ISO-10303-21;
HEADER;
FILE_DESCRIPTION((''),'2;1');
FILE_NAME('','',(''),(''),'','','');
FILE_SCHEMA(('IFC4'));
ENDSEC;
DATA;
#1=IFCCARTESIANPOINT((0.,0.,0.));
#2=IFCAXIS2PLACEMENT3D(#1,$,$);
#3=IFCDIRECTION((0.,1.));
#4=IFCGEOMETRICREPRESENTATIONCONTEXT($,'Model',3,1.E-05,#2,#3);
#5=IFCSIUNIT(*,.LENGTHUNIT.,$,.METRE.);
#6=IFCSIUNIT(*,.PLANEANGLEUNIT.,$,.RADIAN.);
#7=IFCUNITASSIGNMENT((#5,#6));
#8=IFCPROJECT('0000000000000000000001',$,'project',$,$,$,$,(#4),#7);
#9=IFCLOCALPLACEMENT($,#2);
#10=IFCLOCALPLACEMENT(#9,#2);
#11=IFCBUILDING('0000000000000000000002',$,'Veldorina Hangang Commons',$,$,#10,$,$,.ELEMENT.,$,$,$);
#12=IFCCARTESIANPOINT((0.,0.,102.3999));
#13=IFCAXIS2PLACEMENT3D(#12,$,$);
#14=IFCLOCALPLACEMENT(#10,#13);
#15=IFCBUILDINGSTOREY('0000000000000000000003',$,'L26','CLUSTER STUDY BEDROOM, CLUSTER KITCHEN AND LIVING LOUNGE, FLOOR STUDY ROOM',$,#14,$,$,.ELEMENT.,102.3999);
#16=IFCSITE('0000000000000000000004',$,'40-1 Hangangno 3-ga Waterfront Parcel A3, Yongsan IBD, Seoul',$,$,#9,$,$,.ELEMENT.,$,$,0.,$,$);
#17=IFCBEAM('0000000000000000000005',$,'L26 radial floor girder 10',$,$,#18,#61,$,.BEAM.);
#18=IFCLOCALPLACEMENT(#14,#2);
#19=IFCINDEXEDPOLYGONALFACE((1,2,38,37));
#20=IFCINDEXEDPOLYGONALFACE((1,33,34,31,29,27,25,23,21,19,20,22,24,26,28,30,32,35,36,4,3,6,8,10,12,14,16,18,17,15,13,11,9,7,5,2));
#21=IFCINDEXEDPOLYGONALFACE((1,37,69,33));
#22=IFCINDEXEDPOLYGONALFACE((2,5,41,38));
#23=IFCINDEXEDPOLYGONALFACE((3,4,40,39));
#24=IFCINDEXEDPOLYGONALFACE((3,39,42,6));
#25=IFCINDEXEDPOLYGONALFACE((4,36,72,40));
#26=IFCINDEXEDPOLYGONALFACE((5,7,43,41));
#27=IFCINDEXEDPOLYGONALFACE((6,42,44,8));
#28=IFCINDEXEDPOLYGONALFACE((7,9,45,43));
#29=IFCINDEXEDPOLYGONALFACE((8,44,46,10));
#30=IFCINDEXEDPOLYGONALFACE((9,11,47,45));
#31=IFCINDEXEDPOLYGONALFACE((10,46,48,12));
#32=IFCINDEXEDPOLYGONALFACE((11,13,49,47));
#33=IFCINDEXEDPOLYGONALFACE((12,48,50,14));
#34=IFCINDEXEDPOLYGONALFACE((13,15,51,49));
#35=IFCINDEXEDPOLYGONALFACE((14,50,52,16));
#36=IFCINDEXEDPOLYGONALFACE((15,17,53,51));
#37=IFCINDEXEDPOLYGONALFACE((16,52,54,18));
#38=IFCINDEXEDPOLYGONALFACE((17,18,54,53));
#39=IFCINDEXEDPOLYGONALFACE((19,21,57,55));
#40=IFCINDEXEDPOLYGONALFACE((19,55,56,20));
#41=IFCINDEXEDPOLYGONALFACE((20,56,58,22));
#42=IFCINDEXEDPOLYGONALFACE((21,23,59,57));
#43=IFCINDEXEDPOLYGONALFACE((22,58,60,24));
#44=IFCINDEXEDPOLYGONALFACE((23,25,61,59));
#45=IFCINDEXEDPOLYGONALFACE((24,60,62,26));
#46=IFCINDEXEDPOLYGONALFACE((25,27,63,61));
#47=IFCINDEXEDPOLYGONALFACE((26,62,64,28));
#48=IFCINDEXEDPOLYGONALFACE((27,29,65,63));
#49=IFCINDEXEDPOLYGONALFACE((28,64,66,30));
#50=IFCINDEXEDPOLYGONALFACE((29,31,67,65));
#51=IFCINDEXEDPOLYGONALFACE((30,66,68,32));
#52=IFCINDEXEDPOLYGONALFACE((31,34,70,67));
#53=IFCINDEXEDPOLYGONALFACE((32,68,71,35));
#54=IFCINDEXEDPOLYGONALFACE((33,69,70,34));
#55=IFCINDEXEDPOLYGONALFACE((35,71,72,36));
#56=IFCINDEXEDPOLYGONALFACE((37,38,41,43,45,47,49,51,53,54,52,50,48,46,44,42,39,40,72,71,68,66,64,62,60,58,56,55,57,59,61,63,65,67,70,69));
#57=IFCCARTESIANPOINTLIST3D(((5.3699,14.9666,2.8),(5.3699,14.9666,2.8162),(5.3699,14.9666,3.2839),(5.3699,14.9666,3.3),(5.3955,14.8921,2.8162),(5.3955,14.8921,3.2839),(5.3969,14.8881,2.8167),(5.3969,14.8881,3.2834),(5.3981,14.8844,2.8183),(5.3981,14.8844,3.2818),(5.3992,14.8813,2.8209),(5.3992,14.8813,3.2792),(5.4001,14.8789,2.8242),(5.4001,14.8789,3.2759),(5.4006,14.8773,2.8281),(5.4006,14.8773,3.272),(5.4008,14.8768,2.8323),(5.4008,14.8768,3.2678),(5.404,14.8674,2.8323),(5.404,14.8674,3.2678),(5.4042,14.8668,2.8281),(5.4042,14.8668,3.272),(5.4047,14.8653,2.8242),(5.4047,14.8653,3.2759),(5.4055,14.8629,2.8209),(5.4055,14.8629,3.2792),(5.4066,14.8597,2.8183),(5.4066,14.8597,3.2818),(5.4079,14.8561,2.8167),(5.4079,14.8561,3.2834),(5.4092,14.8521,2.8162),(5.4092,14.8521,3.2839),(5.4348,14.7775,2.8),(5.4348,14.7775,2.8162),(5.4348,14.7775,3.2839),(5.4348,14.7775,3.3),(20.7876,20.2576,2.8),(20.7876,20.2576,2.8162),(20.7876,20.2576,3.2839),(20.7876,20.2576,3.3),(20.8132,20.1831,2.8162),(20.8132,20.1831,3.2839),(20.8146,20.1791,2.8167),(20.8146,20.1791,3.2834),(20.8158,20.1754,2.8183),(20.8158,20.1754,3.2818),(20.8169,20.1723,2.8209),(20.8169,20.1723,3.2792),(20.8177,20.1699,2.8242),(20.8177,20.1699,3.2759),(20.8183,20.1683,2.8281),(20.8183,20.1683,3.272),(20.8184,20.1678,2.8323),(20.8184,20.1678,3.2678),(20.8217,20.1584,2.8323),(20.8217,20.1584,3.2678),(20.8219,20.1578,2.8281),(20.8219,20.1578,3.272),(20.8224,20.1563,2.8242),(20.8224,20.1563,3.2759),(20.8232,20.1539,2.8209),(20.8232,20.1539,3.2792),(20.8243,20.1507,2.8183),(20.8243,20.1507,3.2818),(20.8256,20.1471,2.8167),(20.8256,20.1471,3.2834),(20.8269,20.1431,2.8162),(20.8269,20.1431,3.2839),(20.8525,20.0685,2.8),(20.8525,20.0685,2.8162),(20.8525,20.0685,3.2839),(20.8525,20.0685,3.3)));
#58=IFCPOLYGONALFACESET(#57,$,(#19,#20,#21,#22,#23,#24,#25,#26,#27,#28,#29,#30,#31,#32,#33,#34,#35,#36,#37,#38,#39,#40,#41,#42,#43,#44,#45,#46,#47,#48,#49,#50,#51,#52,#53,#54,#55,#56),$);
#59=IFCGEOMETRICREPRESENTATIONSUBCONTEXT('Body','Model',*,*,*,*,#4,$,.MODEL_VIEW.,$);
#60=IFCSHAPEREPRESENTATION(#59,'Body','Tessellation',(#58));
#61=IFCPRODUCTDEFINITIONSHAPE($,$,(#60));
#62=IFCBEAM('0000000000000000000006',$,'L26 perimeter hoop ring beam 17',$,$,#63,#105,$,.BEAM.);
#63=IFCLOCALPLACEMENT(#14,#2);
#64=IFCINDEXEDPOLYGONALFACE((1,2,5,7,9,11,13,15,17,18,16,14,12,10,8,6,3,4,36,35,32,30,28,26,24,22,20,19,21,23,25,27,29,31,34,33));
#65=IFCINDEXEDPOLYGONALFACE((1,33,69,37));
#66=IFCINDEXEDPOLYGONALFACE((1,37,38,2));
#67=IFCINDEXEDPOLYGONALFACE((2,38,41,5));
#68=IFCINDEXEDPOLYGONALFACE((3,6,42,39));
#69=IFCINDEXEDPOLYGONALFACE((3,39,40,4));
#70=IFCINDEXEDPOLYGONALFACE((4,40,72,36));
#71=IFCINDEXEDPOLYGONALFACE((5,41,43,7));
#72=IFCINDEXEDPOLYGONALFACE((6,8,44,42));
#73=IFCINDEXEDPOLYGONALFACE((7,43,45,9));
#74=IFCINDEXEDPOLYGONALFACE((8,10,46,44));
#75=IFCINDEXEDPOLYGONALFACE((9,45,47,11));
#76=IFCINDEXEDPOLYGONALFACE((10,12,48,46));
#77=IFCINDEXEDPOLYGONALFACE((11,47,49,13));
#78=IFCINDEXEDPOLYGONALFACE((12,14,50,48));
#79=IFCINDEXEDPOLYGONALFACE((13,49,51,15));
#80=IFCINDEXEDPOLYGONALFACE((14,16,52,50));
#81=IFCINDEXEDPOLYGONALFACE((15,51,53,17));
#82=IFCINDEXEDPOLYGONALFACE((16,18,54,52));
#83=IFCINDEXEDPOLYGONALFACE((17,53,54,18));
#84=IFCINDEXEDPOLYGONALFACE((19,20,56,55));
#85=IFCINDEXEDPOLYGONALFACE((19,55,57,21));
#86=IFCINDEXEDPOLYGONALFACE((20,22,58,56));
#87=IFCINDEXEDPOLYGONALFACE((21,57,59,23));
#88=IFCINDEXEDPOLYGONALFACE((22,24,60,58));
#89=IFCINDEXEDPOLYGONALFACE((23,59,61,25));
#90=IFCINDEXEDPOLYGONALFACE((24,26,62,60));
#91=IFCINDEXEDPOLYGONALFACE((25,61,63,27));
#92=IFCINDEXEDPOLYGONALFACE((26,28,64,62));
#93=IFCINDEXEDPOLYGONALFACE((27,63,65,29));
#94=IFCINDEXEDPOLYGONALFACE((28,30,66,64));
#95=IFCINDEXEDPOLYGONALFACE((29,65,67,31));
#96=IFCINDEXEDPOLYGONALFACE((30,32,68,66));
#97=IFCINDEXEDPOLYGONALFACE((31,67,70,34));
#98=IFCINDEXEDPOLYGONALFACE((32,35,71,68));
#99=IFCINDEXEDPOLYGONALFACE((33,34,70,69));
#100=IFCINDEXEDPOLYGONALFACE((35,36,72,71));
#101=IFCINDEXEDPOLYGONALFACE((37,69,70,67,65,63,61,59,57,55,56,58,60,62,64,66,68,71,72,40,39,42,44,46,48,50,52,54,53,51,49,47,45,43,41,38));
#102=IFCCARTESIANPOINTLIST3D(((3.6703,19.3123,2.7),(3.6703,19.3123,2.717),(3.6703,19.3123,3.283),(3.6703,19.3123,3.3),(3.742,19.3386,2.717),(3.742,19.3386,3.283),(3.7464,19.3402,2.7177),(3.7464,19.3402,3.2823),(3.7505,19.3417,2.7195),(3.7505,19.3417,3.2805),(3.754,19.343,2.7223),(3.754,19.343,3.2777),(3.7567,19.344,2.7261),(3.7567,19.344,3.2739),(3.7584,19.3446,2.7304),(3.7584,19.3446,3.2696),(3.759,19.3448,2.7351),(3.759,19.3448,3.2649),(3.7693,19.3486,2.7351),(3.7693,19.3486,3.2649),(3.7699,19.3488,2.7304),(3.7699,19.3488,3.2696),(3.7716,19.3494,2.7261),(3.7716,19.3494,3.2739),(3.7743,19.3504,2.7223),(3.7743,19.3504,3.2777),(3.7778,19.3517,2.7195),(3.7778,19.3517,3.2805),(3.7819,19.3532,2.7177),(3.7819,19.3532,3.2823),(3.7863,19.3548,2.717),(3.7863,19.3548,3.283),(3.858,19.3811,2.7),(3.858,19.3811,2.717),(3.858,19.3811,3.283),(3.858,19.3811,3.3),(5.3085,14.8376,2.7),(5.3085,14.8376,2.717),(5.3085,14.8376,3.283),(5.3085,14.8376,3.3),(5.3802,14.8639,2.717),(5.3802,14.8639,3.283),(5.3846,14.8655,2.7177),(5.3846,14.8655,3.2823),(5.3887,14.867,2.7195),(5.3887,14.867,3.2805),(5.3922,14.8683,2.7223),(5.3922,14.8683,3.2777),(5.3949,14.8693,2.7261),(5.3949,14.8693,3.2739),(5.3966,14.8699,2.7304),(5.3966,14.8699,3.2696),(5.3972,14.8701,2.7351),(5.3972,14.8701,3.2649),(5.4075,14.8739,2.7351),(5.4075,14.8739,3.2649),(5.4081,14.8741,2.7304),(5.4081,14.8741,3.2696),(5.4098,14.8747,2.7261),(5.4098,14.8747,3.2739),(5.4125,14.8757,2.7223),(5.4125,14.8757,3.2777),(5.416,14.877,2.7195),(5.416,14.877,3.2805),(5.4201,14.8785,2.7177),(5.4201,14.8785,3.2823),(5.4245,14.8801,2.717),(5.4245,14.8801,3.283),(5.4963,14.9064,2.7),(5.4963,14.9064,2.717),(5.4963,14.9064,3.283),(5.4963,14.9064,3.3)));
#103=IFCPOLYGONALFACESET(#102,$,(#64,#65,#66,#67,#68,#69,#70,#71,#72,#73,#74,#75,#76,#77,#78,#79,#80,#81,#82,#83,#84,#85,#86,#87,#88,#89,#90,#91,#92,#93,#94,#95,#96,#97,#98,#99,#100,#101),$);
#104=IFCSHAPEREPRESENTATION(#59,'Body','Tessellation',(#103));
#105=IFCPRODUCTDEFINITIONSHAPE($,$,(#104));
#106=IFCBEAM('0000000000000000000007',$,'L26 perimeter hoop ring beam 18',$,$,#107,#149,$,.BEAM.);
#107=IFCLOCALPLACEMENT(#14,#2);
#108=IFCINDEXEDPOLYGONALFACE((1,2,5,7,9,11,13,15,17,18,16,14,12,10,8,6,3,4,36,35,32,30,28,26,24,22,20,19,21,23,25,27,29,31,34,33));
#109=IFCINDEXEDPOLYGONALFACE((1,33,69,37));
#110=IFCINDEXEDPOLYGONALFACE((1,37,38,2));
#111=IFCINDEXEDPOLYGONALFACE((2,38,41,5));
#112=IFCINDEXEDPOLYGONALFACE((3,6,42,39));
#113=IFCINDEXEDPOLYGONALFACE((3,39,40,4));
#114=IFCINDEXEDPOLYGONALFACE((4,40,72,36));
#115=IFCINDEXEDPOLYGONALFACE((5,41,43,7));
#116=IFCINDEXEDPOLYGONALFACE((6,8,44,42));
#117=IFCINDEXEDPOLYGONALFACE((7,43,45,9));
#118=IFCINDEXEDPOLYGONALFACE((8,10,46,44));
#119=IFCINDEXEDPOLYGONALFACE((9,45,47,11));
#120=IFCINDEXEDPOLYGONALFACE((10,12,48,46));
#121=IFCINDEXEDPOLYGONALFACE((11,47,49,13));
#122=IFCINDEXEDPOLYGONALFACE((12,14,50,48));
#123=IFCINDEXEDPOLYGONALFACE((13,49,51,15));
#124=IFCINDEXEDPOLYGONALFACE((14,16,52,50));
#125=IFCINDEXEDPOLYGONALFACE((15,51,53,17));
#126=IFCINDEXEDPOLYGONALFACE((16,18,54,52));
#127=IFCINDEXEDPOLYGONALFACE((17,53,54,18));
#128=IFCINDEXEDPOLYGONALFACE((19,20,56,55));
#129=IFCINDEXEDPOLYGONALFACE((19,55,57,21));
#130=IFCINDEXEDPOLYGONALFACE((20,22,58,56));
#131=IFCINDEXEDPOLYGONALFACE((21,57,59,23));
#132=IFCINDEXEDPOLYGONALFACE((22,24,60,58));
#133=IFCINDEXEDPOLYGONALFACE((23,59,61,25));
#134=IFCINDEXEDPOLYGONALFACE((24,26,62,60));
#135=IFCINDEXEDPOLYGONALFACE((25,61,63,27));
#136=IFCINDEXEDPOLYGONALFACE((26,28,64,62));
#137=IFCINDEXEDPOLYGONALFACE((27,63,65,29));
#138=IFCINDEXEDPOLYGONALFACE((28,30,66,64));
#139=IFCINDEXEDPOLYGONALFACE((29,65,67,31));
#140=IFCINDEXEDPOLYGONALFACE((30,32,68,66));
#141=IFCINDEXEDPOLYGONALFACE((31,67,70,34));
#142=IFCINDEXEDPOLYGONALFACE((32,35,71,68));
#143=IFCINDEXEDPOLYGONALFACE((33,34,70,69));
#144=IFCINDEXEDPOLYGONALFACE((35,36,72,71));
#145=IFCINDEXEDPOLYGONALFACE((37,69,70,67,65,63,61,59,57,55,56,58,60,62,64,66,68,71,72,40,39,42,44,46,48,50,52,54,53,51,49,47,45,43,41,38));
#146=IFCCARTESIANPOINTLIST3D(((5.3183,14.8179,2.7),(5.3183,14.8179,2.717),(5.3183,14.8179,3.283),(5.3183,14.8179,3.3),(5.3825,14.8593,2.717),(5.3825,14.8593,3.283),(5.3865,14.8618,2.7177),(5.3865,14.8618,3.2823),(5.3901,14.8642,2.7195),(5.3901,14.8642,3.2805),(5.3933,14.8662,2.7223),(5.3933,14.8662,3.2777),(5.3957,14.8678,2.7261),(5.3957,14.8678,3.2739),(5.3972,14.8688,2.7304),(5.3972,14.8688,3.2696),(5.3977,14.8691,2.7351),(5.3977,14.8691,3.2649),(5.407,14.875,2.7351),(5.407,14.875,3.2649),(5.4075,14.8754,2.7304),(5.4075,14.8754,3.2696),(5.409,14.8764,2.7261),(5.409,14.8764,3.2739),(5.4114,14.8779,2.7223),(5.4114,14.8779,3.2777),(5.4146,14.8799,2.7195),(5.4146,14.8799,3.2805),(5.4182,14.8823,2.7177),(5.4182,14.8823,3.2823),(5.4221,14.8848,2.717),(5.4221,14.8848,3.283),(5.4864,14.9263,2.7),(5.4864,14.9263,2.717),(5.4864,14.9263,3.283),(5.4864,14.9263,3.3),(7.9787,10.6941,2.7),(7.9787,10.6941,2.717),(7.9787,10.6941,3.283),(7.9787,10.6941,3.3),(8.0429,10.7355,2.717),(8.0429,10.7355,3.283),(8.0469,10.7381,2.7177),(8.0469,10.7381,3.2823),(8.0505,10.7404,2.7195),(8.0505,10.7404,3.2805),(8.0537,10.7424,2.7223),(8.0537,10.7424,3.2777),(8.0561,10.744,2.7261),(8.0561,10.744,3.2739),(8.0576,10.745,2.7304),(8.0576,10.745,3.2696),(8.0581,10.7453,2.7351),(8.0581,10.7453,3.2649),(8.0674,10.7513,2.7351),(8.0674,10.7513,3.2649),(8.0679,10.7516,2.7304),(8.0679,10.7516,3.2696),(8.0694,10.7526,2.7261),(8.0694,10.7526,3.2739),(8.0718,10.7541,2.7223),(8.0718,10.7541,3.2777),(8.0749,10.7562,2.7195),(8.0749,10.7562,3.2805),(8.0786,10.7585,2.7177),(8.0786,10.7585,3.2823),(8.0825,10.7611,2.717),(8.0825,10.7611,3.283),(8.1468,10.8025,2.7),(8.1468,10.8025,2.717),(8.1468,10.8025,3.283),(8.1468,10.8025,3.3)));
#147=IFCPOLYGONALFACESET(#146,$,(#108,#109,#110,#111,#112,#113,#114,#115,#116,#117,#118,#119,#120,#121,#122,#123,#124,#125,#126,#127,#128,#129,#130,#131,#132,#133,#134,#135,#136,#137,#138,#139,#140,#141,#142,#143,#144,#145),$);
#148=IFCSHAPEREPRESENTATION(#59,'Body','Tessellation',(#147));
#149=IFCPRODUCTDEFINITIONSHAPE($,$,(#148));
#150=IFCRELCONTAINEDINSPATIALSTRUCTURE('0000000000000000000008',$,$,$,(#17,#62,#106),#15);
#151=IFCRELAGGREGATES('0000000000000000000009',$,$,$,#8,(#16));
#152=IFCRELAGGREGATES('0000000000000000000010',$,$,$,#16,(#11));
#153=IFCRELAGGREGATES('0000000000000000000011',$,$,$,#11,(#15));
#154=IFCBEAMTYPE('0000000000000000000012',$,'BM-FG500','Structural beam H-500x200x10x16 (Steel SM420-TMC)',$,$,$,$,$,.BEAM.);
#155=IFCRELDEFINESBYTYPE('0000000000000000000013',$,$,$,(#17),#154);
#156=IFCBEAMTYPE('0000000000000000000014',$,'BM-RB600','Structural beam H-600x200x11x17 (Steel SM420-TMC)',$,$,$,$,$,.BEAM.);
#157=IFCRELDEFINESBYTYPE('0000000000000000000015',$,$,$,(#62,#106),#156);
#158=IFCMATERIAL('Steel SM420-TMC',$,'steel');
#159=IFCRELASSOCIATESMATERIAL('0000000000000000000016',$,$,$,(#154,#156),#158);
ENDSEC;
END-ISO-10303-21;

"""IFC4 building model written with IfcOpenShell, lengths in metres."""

from ifc_helpers import new_model, si_unit, direction, frame, origin, origin_2d, place, context, subcontext, project, spatial, i_section, extrude, material, material_profile, profile_set, type_object, element, save


model = new_model("IFC4")

# Units and contexts
model_context = context("Model", 3, precision=1e-05, world=origin(), true_north=direction((0.0, 1.0)))
body_context = subcontext(model_context, "Body", "Model", "MODEL_VIEW")
ifc_project = project(units=[si_unit("LENGTHUNIT", "METRE"), si_unit("PLANEANGLEUNIT", "RADIAN")], contexts=[model_context])

# Site, building, storey
site_placement = place(None, origin())
site = spatial("IfcSite", under=ifc_project, at=site_placement, Name="40-1 Hangangno 3-ga Waterfront Parcel A3, Yongsan IBD, Seoul", CompositionType="ELEMENT", RefElevation=0.0)
building_placement = place(site_placement, origin())
building = spatial("IfcBuilding", under=site, at=building_placement, Name="Veldorina Hangang Commons", CompositionType="ELEMENT")
storey_placement = place(building_placement, frame((0.0, 0.0, 102.3999)))
storey = spatial("IfcBuildingStorey", under=building, at=storey_placement, Name="L26", Description="CLUSTER STUDY BEDROOM, CLUSTER KITCHEN AND LIVING LOUNGE, FLOOR STUDY ROOM", CompositionType="ELEMENT", Elevation=102.3999)

# Beams
ifc_material_1 = material(Name="Steel SM420-TMC", Category="steel")
ifc_material_profile_1 = material_profile(ifc_material_1, i_section(OverallWidth=0.2, OverallDepth=0.5, WebThickness=0.01, FlangeThickness=0.0161, FilletRadius=0.0161, at=origin_2d()), Name="H-500x200x10x16")
ifc_profile_set_1 = profile_set([ifc_material_profile_1], Name="Steel SM420-TMC")
beam_type_1 = type_object("IfcBeamType", Name="BM-FG500", Description="Structural beam H-500x200x10x16 (Steel SM420-TMC)", PredefinedType="BEAM", material=ifc_profile_set_1)
beam_1_placement = place(storey_placement, frame((20.8201, 20.1631, 3.05), z_axis=(-0.945853, -0.324595, 0.0), x_axis=(0.324595, -0.945853, 0.0)))
element("IfcBeam", 1, at=beam_1_placement, inside=storey, type_object=beam_type_1, Name="L26 radial floor girder 10", PredefinedType="BEAM", context=body_context, shape_type="SweptSolid", body=[
    extrude(i_section(OverallWidth=0.2, OverallDepth=0.5, WebThickness=0.01, FlangeThickness=0.0161, FilletRadius=0.0161, at=origin_2d()), origin(), (0.0, 0.0, 1.0), 16.3003),
])
ifc_material_profile_2 = material_profile(ifc_material_1, i_section(OverallWidth=0.2, OverallDepth=0.6001, WebThickness=0.011, FlangeThickness=0.0171, FilletRadius=0.0181, at=origin_2d()), Name="H-600x200x11x17")
ifc_profile_set_2 = profile_set([ifc_material_profile_2], Name="Steel SM420-TMC")
beam_type_2 = type_object("IfcBeamType", Name="BM-RB600", Description="Structural beam H-600x200x11x17 (Steel SM420-TMC)", PredefinedType="BEAM", material=ifc_profile_set_2)
beam_2_placement = place(storey_placement, frame((3.7642, 19.3467, 3.0), z_axis=(0.343791, -0.939046, 0.0), x_axis=(0.939046, 0.343791, 0.0)))
element("IfcBeam", 2, at=beam_2_placement, inside=storey, type_object=beam_type_2, Name="L26 perimeter hoop ring beam 17", PredefinedType="BEAM", context=body_context, shape_type="SweptSolid", body=[
    extrude(i_section(OverallWidth=0.2, OverallDepth=0.6001, WebThickness=0.011, FlangeThickness=0.0171, FilletRadius=0.0181, at=origin_2d()), origin(), (0.0, 0.0, 1.0), 4.7651),
])
beam_3_placement = place(storey_placement, frame((5.4023, 14.8721, 3.0), z_axis=(0.542112, -0.840306, 0.0), x_axis=(0.840306, 0.542112, 0.0)))
element("IfcBeam", 3, at=beam_3_placement, inside=storey, type_object=beam_type_2, Name="L26 perimeter hoop ring beam 18", PredefinedType="BEAM", context=body_context, shape_type="SweptSolid", body=[
    extrude(i_section(OverallWidth=0.2, OverallDepth=0.6001, WebThickness=0.011, FlangeThickness=0.0171, FilletRadius=0.0181, at=origin_2d()), origin(), (0.0, 0.0, 1.0), 4.9075),
])

save(model, "model.ifc")
